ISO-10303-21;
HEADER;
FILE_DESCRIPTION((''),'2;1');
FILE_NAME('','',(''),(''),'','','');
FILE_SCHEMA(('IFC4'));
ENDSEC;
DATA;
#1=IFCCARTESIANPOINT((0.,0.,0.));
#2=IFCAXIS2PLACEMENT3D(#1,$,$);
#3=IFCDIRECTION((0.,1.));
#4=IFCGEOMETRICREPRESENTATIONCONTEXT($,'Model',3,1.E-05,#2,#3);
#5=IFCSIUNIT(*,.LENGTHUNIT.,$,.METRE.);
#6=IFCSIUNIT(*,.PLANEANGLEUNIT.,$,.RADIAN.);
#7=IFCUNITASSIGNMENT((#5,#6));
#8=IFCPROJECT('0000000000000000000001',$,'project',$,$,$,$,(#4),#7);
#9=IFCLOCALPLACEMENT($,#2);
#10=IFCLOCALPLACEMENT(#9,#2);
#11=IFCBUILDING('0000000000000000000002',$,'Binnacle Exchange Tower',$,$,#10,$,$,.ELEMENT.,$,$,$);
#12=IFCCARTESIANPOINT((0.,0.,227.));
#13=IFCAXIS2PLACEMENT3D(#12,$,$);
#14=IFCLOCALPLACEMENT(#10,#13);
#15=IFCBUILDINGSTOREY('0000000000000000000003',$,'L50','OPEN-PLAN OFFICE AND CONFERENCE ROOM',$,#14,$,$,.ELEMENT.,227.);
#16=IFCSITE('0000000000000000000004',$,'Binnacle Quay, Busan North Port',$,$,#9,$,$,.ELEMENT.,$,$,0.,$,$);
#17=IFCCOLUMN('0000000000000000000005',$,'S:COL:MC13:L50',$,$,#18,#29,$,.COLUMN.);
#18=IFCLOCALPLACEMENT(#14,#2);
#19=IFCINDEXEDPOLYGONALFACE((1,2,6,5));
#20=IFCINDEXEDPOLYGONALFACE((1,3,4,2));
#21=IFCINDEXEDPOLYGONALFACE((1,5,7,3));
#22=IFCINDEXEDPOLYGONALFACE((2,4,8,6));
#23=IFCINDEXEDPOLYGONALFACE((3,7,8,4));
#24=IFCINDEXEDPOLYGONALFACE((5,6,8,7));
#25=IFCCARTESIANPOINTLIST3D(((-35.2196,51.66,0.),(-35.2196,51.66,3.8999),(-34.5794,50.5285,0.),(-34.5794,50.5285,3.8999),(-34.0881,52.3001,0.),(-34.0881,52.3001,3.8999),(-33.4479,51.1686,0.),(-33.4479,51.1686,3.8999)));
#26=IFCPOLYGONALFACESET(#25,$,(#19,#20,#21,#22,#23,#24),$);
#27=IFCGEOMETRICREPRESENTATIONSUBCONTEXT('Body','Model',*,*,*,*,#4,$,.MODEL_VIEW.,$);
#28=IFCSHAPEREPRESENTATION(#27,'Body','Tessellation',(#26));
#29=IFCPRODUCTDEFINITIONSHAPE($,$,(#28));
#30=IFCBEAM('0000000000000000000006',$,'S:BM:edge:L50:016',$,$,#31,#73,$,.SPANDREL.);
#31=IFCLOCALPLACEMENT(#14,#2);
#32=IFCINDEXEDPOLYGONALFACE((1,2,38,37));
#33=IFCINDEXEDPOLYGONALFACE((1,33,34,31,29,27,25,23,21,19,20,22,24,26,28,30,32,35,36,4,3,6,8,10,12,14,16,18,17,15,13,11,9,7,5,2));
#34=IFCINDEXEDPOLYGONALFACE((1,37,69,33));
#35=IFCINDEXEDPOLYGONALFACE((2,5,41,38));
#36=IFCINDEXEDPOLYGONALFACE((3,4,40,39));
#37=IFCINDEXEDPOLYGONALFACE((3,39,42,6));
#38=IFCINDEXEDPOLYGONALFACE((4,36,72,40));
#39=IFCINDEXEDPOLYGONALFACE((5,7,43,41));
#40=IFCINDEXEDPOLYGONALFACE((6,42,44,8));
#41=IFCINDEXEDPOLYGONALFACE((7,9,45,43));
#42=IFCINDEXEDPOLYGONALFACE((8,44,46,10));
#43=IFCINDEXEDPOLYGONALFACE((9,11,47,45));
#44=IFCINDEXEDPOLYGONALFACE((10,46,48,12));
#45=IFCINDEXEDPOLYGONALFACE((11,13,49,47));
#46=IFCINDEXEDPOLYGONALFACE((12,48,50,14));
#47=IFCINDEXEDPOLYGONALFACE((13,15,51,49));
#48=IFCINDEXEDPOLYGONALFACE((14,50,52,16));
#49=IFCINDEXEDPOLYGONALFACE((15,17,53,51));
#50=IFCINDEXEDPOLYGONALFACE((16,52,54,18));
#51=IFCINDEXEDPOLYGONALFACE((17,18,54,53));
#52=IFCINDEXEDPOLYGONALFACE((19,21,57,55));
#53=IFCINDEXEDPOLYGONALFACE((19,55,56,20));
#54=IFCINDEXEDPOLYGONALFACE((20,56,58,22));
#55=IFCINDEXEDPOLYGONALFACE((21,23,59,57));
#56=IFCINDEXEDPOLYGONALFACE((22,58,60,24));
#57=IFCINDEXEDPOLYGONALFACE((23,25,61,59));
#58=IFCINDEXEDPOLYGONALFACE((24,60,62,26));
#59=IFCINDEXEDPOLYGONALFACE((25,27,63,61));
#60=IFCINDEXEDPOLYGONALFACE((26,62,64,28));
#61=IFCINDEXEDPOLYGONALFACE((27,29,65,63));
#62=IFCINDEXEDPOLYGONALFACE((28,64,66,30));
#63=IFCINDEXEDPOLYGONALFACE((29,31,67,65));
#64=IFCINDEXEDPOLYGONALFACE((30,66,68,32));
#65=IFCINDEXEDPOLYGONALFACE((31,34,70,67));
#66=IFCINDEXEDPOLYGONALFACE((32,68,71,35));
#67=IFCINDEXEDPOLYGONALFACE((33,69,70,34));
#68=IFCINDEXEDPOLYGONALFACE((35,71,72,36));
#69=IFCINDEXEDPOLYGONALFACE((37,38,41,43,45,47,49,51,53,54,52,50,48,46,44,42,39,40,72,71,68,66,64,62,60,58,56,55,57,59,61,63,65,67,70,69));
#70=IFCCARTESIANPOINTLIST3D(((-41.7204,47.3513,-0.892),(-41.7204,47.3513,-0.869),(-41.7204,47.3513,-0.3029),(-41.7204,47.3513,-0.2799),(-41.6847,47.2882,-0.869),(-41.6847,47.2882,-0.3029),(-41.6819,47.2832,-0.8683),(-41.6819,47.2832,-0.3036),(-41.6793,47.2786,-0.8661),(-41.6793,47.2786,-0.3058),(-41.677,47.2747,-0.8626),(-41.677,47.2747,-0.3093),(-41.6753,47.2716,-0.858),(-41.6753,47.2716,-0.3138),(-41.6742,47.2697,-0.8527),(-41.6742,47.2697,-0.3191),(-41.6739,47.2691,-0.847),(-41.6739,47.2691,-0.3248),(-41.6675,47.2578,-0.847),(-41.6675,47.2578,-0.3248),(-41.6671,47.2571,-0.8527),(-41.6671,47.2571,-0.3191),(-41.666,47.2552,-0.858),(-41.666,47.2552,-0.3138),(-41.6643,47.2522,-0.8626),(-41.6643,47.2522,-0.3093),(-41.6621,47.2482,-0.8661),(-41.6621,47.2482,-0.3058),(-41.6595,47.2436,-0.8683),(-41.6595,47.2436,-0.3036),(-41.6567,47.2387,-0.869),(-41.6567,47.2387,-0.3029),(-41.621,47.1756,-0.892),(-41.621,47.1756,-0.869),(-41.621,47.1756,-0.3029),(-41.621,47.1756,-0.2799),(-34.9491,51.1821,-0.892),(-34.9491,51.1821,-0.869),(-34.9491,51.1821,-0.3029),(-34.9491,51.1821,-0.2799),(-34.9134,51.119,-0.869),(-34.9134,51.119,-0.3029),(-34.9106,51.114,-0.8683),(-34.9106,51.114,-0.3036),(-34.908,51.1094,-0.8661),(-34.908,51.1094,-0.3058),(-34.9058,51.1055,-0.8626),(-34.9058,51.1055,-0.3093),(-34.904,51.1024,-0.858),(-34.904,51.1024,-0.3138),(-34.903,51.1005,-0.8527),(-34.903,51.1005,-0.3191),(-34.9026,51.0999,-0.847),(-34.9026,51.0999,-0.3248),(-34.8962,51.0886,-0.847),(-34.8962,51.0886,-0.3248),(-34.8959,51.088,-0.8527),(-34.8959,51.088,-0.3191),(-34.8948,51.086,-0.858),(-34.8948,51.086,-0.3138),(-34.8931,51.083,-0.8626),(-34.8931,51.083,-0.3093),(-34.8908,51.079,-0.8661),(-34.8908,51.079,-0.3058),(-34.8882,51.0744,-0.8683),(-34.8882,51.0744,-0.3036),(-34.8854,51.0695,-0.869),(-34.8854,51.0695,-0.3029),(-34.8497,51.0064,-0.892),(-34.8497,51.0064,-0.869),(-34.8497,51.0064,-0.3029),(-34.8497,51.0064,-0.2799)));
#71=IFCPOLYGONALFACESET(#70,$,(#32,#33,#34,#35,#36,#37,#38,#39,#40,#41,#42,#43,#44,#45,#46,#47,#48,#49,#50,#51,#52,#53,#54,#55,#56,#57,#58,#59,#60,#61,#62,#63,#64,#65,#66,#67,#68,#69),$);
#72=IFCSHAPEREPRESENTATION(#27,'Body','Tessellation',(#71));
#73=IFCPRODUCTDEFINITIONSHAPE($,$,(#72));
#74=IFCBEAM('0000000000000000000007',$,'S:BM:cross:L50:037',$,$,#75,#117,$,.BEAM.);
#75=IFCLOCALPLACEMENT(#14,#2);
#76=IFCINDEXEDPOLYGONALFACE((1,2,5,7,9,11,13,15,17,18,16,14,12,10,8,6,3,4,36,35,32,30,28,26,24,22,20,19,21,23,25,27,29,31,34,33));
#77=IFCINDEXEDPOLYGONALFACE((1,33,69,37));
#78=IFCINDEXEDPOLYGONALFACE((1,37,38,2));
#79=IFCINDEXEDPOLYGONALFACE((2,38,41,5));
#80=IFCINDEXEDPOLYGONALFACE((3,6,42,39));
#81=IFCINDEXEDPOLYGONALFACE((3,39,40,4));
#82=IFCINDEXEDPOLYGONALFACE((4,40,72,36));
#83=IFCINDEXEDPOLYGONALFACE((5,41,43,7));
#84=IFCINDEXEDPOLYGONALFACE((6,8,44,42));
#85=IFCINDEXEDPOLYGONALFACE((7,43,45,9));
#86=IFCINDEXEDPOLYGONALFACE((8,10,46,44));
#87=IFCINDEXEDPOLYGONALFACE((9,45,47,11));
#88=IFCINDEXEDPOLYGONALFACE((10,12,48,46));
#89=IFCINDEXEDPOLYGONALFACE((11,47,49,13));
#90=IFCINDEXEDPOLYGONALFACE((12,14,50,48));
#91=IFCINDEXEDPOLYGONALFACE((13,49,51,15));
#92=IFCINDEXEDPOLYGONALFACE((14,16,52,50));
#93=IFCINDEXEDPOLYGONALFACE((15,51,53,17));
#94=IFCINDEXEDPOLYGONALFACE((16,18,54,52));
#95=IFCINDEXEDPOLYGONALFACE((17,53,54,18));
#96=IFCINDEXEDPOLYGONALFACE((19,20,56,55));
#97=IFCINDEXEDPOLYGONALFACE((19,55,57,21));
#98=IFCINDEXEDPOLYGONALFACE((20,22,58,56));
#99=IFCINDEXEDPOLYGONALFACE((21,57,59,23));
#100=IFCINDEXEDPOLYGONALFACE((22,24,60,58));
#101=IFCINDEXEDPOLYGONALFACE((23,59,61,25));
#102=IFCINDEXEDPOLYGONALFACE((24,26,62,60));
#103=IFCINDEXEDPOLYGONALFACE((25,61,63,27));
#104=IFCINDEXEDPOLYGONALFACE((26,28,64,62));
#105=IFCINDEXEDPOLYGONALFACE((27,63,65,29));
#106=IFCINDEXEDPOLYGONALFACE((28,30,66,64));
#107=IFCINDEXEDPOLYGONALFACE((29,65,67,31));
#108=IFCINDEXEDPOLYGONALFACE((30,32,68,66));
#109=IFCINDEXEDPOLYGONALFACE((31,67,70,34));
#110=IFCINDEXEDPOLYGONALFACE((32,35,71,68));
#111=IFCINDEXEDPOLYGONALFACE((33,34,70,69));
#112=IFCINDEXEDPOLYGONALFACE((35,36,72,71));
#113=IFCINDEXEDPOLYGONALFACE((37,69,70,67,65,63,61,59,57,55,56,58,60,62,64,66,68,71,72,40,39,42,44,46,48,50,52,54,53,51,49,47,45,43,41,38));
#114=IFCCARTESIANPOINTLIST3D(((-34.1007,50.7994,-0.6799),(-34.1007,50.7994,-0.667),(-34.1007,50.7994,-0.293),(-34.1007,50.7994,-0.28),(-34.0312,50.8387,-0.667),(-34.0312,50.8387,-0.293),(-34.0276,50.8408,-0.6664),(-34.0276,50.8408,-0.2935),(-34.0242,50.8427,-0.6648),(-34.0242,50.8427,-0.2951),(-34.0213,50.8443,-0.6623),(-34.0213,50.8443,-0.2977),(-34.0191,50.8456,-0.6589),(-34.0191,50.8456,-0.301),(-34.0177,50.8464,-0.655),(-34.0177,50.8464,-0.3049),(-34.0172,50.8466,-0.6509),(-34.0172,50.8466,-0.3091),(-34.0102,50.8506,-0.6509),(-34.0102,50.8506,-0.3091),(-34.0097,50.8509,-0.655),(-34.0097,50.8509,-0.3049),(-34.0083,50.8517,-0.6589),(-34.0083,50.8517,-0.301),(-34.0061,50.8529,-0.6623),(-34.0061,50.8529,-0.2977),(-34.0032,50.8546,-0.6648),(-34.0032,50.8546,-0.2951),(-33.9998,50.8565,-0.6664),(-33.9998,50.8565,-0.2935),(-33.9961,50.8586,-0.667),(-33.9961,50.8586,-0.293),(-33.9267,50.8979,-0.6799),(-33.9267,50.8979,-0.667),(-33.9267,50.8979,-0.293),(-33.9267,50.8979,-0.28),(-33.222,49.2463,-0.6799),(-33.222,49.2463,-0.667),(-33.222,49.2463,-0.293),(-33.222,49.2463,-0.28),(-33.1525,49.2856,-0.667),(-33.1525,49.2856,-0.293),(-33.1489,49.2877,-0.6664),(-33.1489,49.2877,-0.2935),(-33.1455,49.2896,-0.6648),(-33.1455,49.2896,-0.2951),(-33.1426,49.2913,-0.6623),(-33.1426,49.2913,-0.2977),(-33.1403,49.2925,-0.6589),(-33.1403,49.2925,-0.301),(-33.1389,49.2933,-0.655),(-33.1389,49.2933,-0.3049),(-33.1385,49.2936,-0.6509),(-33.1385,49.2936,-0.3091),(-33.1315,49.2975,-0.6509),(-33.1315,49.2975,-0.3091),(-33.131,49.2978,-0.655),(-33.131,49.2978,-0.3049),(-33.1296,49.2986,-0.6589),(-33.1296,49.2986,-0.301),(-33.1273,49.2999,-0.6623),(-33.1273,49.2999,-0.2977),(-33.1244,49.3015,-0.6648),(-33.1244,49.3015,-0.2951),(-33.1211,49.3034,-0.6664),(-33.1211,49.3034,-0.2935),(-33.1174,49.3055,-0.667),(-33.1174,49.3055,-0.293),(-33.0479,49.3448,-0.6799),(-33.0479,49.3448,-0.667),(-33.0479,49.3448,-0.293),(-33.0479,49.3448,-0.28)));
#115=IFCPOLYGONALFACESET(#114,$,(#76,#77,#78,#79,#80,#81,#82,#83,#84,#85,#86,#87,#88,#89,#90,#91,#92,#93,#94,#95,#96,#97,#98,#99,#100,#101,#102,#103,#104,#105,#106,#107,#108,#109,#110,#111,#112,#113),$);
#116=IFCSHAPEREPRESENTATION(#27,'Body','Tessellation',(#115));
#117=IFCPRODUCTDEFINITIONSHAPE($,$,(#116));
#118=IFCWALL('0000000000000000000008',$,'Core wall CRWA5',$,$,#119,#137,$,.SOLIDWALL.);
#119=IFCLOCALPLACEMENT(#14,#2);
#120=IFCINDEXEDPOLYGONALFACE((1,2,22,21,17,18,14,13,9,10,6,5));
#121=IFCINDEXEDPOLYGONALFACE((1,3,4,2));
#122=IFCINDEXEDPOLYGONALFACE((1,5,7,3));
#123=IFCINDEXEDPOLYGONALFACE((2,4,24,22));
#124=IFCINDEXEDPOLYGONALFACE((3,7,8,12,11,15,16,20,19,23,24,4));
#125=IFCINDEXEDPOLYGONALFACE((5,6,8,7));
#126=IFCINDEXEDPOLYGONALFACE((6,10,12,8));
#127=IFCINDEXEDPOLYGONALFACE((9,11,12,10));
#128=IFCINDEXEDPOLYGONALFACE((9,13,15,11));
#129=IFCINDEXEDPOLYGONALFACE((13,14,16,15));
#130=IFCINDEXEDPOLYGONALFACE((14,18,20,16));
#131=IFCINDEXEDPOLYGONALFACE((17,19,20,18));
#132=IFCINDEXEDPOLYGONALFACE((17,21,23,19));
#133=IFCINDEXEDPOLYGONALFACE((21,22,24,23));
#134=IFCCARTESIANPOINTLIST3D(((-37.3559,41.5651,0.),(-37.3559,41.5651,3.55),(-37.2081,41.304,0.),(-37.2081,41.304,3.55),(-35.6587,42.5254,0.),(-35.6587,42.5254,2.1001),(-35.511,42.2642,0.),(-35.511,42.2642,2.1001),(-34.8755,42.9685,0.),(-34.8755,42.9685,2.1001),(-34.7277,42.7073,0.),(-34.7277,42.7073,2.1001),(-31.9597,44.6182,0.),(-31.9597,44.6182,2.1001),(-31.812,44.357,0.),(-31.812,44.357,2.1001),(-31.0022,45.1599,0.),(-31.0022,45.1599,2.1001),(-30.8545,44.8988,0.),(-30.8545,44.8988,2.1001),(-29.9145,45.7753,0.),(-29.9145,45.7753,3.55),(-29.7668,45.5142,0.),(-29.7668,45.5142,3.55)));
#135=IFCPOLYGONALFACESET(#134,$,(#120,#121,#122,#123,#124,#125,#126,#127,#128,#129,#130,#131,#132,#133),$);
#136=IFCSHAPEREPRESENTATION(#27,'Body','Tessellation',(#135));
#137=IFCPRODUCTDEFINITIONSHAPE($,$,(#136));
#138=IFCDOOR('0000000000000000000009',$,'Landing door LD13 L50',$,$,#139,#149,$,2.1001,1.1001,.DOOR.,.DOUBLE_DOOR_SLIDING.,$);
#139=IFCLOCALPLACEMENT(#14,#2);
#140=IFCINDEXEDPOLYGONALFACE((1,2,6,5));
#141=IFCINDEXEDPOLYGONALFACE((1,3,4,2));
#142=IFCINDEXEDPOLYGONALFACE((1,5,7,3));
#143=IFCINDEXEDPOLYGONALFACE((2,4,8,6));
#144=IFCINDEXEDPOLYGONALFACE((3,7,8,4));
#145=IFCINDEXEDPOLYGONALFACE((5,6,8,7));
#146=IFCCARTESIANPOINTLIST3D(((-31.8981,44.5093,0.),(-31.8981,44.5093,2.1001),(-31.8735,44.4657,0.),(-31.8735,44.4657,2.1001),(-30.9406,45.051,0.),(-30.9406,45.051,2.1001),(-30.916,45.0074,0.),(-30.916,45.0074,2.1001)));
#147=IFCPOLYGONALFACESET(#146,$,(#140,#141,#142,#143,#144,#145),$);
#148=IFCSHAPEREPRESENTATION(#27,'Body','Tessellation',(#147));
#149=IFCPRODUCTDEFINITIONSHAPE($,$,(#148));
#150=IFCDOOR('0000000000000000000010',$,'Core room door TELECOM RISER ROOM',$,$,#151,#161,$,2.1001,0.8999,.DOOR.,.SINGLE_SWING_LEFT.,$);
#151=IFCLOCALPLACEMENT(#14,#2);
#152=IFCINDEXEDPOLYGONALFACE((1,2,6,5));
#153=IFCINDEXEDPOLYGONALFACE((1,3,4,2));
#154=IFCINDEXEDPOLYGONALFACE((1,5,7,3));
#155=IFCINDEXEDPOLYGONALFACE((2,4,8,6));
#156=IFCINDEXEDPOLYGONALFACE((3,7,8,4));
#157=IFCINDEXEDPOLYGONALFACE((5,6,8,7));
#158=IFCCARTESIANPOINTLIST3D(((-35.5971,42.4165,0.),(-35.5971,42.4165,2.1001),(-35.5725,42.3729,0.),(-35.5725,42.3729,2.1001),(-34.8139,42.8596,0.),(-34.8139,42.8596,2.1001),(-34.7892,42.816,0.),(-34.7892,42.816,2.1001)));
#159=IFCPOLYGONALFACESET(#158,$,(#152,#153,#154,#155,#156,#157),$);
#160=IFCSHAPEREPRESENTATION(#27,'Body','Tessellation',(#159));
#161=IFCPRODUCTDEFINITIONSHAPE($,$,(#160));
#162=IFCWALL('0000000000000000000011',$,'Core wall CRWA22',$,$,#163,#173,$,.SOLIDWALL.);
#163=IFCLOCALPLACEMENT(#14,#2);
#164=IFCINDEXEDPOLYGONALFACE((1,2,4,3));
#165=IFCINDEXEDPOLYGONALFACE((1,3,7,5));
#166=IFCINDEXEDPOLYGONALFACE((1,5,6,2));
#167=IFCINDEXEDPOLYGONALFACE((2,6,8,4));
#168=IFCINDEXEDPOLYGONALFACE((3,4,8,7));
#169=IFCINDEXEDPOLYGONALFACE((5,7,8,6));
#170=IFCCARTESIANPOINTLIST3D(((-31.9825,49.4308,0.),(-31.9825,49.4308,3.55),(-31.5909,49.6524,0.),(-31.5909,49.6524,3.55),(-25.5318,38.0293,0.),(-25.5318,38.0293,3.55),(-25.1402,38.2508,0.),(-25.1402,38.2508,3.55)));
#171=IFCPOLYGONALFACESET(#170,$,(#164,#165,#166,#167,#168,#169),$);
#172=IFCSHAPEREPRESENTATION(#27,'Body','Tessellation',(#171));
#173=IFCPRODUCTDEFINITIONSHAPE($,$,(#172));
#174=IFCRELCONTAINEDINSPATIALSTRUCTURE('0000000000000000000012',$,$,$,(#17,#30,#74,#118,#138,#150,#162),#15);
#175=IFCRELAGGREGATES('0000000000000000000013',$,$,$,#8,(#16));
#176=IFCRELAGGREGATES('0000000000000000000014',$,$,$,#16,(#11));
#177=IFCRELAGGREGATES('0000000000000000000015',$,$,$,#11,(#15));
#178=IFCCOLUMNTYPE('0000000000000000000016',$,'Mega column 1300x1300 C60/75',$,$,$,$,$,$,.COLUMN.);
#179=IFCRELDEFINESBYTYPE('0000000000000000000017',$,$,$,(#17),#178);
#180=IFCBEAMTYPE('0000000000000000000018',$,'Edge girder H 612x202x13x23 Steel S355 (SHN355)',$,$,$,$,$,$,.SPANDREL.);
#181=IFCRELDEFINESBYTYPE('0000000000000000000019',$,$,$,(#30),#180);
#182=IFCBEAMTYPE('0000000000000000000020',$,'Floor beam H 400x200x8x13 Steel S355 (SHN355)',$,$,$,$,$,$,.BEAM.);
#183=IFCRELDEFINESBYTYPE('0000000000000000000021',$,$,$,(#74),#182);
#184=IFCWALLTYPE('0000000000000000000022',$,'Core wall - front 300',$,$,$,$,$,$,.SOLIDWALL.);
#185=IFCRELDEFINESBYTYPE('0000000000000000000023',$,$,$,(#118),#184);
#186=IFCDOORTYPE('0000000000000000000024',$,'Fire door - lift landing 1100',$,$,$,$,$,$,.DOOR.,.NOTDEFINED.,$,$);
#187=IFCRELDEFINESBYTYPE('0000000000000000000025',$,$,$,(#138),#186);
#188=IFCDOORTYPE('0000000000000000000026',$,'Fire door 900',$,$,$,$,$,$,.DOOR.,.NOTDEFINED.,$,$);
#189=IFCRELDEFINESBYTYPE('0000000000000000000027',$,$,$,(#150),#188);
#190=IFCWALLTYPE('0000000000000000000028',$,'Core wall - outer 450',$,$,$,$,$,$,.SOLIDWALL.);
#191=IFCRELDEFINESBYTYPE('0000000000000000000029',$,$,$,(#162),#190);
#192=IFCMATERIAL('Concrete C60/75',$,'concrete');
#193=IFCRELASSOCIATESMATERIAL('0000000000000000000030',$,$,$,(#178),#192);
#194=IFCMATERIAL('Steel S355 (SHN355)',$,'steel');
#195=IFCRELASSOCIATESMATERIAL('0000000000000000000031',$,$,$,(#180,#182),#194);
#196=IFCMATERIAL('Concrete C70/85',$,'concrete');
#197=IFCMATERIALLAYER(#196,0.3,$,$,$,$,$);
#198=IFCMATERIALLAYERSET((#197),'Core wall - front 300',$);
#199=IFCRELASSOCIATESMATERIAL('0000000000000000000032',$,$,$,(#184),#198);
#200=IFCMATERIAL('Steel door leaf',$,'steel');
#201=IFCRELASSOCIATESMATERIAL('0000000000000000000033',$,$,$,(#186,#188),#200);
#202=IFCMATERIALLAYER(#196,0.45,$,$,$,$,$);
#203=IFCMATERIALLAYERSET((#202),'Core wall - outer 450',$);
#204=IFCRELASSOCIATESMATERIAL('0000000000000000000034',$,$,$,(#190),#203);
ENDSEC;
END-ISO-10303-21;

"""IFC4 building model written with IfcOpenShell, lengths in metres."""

from ifc_helpers import new_model, si_unit, direction, frame, frame_2d, origin, origin_2d, place, context, subcontext, project, spatial, rectangle, i_section, extrude, material, layer, layer_set, material_profile, profile_set, type_object, element, fill, save


model = new_model("IFC4")

# Units and contexts
model_context = context("Model", 3, precision=1e-05, world=origin(), true_north=direction((0.0, 1.0)))
body_context = subcontext(model_context, "Body", "Model", "MODEL_VIEW")
ifc_project = project(units=[si_unit("LENGTHUNIT", "METRE"), si_unit("PLANEANGLEUNIT", "RADIAN")], contexts=[model_context])

# Site, building, storey
site_placement = place(None, origin())
site = spatial("IfcSite", under=ifc_project, at=site_placement, Name="Binnacle Quay, Busan North Port", CompositionType="ELEMENT", RefElevation=0.0)
building_placement = place(site_placement, origin())
building = spatial("IfcBuilding", under=site, at=building_placement, Name="Binnacle Exchange Tower", CompositionType="ELEMENT")
storey_placement = place(building_placement, frame((0.0, 0.0, 227.0)))
storey = spatial("IfcBuildingStorey", under=building, at=storey_placement, Name="L50", Description="OPEN-PLAN OFFICE AND CONFERENCE ROOM", CompositionType="ELEMENT", Elevation=227.0)

# Column
ifc_material_1 = material(Name="Concrete C60/75", Category="concrete")
ifc_material_profile_1 = material_profile(ifc_material_1, rectangle(XDim=1.3, YDim=1.3, at=origin_2d()), Name="Mega column 1300x1300 C60/75")
ifc_profile_set_1 = profile_set([ifc_material_profile_1], Name="Concrete C60/75")
column_type = type_object("IfcColumnType", Name="Mega column 1300x1300 C60/75", PredefinedType="COLUMN", material=ifc_profile_set_1)
column_placement = place(storey_placement, frame((-34.3337, 51.4143, 0.0), z_axis=(0.0, 0.0, 1.0), x_axis=(-0.870356, -0.492424, 0.0)))
element("IfcColumn", 1, at=column_placement, inside=storey, type_object=column_type, Name="S:COL:MC13:L50", PredefinedType="COLUMN", context=body_context, shape_type="SweptSolid", body=[
    extrude(rectangle(XDim=1.3, YDim=1.3, at=origin_2d()), origin(), (0.0, 0.0, 1.0), 3.8999),
])

# Beams
ifc_material_2 = material(Name="Steel S355 (SHN355)", Category="steel")
ifc_material_profile_2 = material_profile(ifc_material_2, i_section(OverallWidth=0.2019, OverallDepth=0.6121, WebThickness=0.0129, FlangeThickness=0.0229, FilletRadius=0.022, at=origin_2d()), Name="H 612x202x13x23")
ifc_profile_set_2 = profile_set([ifc_material_profile_2], Name="Steel S355 (SHN355)")
beam_type_1 = type_object("IfcBeamType", Name="Edge girder H 612x202x13x23 Steel S355 (SHN355)", PredefinedType="SPANDREL", material=ifc_profile_set_2)
beam_1_placement = place(storey_placement, frame((-34.8994, 51.0942, -0.5859), z_axis=(-0.870365, -0.492407, 0.0), x_axis=(0.492407, -0.870365, 0.0)))
element("IfcBeam", 2, at=beam_1_placement, inside=storey, type_object=beam_type_1, Name="S:BM:edge:L50:016", PredefinedType="SPANDREL", context=body_context, shape_type="SweptSolid", body=[
    extrude(i_section(OverallWidth=0.2019, OverallDepth=0.6121, WebThickness=0.0129, FlangeThickness=0.0229, FilletRadius=0.022, at=origin_2d()), origin(), (0.0, 0.0, 1.0), 7.7798),
])
ifc_material_profile_3 = material_profile(ifc_material_2, i_section(OverallWidth=0.2, OverallDepth=0.3999, WebThickness=0.0081, FlangeThickness=0.0129, FilletRadius=0.0161, at=origin_2d()), Name="H 400x200x8x13")
ifc_profile_set_3 = profile_set([ifc_material_profile_3], Name="Steel S355 (SHN355)")
beam_type_2 = type_object("IfcBeamType", Name="Floor beam H 400x200x8x13 Steel S355 (SHN355)", PredefinedType="BEAM", material=ifc_profile_set_3)
beam_2_placement = place(storey_placement, frame((-34.0137, 50.8486, -0.48), z_axis=(0.492436, -0.870349, 0.0), x_axis=(0.870349, 0.492436, 0.0)))
element("IfcBeam", 3, at=beam_2_placement, inside=storey, type_object=beam_type_2, Name="S:BM:cross:L50:037", PredefinedType="BEAM", context=body_context, shape_type="SweptSolid", body=[
    extrude(i_section(OverallWidth=0.2, OverallDepth=0.3999, WebThickness=0.0081, FlangeThickness=0.0129, FilletRadius=0.0161, at=origin_2d()), origin(), (0.0, 0.0, 1.0), 1.7844),
])

# Wall, openings, doors
ifc_material_3 = material(Name="Concrete C70/85", Category="concrete")
ifc_layer_1 = layer(ifc_material_3, 0.3)
ifc_layer_set_1 = layer_set([ifc_layer_1], Name="Core wall - front 300")
wall_type_1 = type_object("IfcWallType", Name="Core wall - front 300", PredefinedType="SOLIDWALL", material=ifc_layer_set_1)
wall_1_placement = place(storey_placement, frame((-37.282, 41.4346, 0.0), z_axis=(0.0, 0.0, 1.0), x_axis=(0.870353, 0.492429, 0.0)))
wall_1 = element("IfcWall", 4, at=wall_1_placement, inside=storey, type_object=wall_type_1, Name="Core wall CRWA5", PredefinedType="SOLIDWALL", context=body_context, shape_type="SweptSolid", body=[
    extrude(rectangle(XDim=8.5498, YDim=0.3, at=frame_2d((4.2749, 0.0))), origin(), (0.0, 0.0, 1.0), 3.55),
])
opening_1_placement = place(wall_1_placement, frame((6.2, 0.0, 0.0)))
opening_1 = element("IfcOpeningElement", 5, at=opening_1_placement, cuts=wall_1, PredefinedType="OPENING", context=body_context, shape_type="SweptSolid", body=[
    extrude(rectangle(XDim=1.1001, YDim=2.1001, at=frame_2d((0.55, 1.05))), frame((0.0, 0.1599, 0.0), z_axis=(0.0, -1.0, 0.0), x_axis=(1.0, 0.0, 0.0)), (0.0, 0.0, 1.0), 0.3201),
])
opening_2_placement = place(wall_1_placement, frame((1.95, 0.0, 0.0)))
opening_2 = element("IfcOpeningElement", 6, at=opening_2_placement, cuts=wall_1, PredefinedType="OPENING", context=body_context, shape_type="SweptSolid", body=[
    extrude(rectangle(XDim=0.8999, YDim=2.1001, at=frame_2d((0.45, 1.05))), frame((0.0, 0.1599, 0.0), z_axis=(0.0, -1.0, 0.0), x_axis=(1.0, 0.0, 0.0)), (0.0, 0.0, 1.0), 0.3201),
])
ifc_material_4 = material(Name="Steel door leaf", Category="steel")
door_type_1 = type_object("IfcDoorType", Name="Fire door - lift landing 1100", OperationType="NOTDEFINED", PredefinedType="DOOR", material=ifc_material_4)
door_1_placement = place(opening_1_placement, origin())
door_1 = element("IfcDoor", 7, at=door_1_placement, inside=storey, type_object=door_type_1, Name="Landing door LD13 L50", OperationType="DOUBLE_DOOR_SLIDING", OverallHeight=2.1001, OverallWidth=1.1001, PredefinedType="DOOR", context=body_context, shape_type="SweptSolid", body=[
    extrude(rectangle(XDim=1.1001, YDim=2.1001, at=frame_2d((0.55, 1.05))), frame((0.0, 0.0249, 0.0), z_axis=(0.0, -1.0, 0.0), x_axis=(1.0, 0.0, 0.0)), (0.0, 0.0, 1.0), 0.05),
])
fill(opening_1, door_1)
door_type_2 = type_object("IfcDoorType", Name="Fire door 900", OperationType="NOTDEFINED", PredefinedType="DOOR", material=ifc_material_4)
door_2_placement = place(opening_2_placement, origin())
door_2 = element("IfcDoor", 8, at=door_2_placement, inside=storey, type_object=door_type_2, Name="Core room door TELECOM RISER ROOM", OperationType="SINGLE_SWING_LEFT", OverallHeight=2.1001, OverallWidth=0.8999, PredefinedType="DOOR", context=body_context, shape_type="SweptSolid", body=[
    extrude(rectangle(XDim=0.8999, YDim=2.1001, at=frame_2d((0.45, 1.05))), frame((0.0, 0.0249, 0.0), z_axis=(0.0, -1.0, 0.0), x_axis=(1.0, 0.0, 0.0)), (0.0, 0.0, 1.0), 0.05),
])
fill(opening_2, door_2)

# Wall
ifc_layer_2 = layer(ifc_material_3, 0.45)
ifc_layer_set_2 = layer_set([ifc_layer_2], Name="Core wall - outer 450")
wall_type_2 = type_object("IfcWallType", Name="Core wall - outer 450", PredefinedType="SOLIDWALL", material=ifc_layer_set_2)
wall_2_placement = place(storey_placement, frame((-31.7866, 49.5415, 0.0), z_axis=(0.0, 0.0, 1.0), x_axis=(0.492421, -0.870357, 0.0)))
element("IfcWall", 9, at=wall_2_placement, inside=storey, type_object=wall_type_2, Name="Core wall CRWA22", PredefinedType="SOLIDWALL", context=body_context, shape_type="SweptSolid", body=[
    extrude(rectangle(XDim=13.0999, YDim=0.45, at=frame_2d((6.5498, 0.0))), origin(), (0.0, 0.0, 1.0), 3.55),
])

save(model, "model.ifc")
